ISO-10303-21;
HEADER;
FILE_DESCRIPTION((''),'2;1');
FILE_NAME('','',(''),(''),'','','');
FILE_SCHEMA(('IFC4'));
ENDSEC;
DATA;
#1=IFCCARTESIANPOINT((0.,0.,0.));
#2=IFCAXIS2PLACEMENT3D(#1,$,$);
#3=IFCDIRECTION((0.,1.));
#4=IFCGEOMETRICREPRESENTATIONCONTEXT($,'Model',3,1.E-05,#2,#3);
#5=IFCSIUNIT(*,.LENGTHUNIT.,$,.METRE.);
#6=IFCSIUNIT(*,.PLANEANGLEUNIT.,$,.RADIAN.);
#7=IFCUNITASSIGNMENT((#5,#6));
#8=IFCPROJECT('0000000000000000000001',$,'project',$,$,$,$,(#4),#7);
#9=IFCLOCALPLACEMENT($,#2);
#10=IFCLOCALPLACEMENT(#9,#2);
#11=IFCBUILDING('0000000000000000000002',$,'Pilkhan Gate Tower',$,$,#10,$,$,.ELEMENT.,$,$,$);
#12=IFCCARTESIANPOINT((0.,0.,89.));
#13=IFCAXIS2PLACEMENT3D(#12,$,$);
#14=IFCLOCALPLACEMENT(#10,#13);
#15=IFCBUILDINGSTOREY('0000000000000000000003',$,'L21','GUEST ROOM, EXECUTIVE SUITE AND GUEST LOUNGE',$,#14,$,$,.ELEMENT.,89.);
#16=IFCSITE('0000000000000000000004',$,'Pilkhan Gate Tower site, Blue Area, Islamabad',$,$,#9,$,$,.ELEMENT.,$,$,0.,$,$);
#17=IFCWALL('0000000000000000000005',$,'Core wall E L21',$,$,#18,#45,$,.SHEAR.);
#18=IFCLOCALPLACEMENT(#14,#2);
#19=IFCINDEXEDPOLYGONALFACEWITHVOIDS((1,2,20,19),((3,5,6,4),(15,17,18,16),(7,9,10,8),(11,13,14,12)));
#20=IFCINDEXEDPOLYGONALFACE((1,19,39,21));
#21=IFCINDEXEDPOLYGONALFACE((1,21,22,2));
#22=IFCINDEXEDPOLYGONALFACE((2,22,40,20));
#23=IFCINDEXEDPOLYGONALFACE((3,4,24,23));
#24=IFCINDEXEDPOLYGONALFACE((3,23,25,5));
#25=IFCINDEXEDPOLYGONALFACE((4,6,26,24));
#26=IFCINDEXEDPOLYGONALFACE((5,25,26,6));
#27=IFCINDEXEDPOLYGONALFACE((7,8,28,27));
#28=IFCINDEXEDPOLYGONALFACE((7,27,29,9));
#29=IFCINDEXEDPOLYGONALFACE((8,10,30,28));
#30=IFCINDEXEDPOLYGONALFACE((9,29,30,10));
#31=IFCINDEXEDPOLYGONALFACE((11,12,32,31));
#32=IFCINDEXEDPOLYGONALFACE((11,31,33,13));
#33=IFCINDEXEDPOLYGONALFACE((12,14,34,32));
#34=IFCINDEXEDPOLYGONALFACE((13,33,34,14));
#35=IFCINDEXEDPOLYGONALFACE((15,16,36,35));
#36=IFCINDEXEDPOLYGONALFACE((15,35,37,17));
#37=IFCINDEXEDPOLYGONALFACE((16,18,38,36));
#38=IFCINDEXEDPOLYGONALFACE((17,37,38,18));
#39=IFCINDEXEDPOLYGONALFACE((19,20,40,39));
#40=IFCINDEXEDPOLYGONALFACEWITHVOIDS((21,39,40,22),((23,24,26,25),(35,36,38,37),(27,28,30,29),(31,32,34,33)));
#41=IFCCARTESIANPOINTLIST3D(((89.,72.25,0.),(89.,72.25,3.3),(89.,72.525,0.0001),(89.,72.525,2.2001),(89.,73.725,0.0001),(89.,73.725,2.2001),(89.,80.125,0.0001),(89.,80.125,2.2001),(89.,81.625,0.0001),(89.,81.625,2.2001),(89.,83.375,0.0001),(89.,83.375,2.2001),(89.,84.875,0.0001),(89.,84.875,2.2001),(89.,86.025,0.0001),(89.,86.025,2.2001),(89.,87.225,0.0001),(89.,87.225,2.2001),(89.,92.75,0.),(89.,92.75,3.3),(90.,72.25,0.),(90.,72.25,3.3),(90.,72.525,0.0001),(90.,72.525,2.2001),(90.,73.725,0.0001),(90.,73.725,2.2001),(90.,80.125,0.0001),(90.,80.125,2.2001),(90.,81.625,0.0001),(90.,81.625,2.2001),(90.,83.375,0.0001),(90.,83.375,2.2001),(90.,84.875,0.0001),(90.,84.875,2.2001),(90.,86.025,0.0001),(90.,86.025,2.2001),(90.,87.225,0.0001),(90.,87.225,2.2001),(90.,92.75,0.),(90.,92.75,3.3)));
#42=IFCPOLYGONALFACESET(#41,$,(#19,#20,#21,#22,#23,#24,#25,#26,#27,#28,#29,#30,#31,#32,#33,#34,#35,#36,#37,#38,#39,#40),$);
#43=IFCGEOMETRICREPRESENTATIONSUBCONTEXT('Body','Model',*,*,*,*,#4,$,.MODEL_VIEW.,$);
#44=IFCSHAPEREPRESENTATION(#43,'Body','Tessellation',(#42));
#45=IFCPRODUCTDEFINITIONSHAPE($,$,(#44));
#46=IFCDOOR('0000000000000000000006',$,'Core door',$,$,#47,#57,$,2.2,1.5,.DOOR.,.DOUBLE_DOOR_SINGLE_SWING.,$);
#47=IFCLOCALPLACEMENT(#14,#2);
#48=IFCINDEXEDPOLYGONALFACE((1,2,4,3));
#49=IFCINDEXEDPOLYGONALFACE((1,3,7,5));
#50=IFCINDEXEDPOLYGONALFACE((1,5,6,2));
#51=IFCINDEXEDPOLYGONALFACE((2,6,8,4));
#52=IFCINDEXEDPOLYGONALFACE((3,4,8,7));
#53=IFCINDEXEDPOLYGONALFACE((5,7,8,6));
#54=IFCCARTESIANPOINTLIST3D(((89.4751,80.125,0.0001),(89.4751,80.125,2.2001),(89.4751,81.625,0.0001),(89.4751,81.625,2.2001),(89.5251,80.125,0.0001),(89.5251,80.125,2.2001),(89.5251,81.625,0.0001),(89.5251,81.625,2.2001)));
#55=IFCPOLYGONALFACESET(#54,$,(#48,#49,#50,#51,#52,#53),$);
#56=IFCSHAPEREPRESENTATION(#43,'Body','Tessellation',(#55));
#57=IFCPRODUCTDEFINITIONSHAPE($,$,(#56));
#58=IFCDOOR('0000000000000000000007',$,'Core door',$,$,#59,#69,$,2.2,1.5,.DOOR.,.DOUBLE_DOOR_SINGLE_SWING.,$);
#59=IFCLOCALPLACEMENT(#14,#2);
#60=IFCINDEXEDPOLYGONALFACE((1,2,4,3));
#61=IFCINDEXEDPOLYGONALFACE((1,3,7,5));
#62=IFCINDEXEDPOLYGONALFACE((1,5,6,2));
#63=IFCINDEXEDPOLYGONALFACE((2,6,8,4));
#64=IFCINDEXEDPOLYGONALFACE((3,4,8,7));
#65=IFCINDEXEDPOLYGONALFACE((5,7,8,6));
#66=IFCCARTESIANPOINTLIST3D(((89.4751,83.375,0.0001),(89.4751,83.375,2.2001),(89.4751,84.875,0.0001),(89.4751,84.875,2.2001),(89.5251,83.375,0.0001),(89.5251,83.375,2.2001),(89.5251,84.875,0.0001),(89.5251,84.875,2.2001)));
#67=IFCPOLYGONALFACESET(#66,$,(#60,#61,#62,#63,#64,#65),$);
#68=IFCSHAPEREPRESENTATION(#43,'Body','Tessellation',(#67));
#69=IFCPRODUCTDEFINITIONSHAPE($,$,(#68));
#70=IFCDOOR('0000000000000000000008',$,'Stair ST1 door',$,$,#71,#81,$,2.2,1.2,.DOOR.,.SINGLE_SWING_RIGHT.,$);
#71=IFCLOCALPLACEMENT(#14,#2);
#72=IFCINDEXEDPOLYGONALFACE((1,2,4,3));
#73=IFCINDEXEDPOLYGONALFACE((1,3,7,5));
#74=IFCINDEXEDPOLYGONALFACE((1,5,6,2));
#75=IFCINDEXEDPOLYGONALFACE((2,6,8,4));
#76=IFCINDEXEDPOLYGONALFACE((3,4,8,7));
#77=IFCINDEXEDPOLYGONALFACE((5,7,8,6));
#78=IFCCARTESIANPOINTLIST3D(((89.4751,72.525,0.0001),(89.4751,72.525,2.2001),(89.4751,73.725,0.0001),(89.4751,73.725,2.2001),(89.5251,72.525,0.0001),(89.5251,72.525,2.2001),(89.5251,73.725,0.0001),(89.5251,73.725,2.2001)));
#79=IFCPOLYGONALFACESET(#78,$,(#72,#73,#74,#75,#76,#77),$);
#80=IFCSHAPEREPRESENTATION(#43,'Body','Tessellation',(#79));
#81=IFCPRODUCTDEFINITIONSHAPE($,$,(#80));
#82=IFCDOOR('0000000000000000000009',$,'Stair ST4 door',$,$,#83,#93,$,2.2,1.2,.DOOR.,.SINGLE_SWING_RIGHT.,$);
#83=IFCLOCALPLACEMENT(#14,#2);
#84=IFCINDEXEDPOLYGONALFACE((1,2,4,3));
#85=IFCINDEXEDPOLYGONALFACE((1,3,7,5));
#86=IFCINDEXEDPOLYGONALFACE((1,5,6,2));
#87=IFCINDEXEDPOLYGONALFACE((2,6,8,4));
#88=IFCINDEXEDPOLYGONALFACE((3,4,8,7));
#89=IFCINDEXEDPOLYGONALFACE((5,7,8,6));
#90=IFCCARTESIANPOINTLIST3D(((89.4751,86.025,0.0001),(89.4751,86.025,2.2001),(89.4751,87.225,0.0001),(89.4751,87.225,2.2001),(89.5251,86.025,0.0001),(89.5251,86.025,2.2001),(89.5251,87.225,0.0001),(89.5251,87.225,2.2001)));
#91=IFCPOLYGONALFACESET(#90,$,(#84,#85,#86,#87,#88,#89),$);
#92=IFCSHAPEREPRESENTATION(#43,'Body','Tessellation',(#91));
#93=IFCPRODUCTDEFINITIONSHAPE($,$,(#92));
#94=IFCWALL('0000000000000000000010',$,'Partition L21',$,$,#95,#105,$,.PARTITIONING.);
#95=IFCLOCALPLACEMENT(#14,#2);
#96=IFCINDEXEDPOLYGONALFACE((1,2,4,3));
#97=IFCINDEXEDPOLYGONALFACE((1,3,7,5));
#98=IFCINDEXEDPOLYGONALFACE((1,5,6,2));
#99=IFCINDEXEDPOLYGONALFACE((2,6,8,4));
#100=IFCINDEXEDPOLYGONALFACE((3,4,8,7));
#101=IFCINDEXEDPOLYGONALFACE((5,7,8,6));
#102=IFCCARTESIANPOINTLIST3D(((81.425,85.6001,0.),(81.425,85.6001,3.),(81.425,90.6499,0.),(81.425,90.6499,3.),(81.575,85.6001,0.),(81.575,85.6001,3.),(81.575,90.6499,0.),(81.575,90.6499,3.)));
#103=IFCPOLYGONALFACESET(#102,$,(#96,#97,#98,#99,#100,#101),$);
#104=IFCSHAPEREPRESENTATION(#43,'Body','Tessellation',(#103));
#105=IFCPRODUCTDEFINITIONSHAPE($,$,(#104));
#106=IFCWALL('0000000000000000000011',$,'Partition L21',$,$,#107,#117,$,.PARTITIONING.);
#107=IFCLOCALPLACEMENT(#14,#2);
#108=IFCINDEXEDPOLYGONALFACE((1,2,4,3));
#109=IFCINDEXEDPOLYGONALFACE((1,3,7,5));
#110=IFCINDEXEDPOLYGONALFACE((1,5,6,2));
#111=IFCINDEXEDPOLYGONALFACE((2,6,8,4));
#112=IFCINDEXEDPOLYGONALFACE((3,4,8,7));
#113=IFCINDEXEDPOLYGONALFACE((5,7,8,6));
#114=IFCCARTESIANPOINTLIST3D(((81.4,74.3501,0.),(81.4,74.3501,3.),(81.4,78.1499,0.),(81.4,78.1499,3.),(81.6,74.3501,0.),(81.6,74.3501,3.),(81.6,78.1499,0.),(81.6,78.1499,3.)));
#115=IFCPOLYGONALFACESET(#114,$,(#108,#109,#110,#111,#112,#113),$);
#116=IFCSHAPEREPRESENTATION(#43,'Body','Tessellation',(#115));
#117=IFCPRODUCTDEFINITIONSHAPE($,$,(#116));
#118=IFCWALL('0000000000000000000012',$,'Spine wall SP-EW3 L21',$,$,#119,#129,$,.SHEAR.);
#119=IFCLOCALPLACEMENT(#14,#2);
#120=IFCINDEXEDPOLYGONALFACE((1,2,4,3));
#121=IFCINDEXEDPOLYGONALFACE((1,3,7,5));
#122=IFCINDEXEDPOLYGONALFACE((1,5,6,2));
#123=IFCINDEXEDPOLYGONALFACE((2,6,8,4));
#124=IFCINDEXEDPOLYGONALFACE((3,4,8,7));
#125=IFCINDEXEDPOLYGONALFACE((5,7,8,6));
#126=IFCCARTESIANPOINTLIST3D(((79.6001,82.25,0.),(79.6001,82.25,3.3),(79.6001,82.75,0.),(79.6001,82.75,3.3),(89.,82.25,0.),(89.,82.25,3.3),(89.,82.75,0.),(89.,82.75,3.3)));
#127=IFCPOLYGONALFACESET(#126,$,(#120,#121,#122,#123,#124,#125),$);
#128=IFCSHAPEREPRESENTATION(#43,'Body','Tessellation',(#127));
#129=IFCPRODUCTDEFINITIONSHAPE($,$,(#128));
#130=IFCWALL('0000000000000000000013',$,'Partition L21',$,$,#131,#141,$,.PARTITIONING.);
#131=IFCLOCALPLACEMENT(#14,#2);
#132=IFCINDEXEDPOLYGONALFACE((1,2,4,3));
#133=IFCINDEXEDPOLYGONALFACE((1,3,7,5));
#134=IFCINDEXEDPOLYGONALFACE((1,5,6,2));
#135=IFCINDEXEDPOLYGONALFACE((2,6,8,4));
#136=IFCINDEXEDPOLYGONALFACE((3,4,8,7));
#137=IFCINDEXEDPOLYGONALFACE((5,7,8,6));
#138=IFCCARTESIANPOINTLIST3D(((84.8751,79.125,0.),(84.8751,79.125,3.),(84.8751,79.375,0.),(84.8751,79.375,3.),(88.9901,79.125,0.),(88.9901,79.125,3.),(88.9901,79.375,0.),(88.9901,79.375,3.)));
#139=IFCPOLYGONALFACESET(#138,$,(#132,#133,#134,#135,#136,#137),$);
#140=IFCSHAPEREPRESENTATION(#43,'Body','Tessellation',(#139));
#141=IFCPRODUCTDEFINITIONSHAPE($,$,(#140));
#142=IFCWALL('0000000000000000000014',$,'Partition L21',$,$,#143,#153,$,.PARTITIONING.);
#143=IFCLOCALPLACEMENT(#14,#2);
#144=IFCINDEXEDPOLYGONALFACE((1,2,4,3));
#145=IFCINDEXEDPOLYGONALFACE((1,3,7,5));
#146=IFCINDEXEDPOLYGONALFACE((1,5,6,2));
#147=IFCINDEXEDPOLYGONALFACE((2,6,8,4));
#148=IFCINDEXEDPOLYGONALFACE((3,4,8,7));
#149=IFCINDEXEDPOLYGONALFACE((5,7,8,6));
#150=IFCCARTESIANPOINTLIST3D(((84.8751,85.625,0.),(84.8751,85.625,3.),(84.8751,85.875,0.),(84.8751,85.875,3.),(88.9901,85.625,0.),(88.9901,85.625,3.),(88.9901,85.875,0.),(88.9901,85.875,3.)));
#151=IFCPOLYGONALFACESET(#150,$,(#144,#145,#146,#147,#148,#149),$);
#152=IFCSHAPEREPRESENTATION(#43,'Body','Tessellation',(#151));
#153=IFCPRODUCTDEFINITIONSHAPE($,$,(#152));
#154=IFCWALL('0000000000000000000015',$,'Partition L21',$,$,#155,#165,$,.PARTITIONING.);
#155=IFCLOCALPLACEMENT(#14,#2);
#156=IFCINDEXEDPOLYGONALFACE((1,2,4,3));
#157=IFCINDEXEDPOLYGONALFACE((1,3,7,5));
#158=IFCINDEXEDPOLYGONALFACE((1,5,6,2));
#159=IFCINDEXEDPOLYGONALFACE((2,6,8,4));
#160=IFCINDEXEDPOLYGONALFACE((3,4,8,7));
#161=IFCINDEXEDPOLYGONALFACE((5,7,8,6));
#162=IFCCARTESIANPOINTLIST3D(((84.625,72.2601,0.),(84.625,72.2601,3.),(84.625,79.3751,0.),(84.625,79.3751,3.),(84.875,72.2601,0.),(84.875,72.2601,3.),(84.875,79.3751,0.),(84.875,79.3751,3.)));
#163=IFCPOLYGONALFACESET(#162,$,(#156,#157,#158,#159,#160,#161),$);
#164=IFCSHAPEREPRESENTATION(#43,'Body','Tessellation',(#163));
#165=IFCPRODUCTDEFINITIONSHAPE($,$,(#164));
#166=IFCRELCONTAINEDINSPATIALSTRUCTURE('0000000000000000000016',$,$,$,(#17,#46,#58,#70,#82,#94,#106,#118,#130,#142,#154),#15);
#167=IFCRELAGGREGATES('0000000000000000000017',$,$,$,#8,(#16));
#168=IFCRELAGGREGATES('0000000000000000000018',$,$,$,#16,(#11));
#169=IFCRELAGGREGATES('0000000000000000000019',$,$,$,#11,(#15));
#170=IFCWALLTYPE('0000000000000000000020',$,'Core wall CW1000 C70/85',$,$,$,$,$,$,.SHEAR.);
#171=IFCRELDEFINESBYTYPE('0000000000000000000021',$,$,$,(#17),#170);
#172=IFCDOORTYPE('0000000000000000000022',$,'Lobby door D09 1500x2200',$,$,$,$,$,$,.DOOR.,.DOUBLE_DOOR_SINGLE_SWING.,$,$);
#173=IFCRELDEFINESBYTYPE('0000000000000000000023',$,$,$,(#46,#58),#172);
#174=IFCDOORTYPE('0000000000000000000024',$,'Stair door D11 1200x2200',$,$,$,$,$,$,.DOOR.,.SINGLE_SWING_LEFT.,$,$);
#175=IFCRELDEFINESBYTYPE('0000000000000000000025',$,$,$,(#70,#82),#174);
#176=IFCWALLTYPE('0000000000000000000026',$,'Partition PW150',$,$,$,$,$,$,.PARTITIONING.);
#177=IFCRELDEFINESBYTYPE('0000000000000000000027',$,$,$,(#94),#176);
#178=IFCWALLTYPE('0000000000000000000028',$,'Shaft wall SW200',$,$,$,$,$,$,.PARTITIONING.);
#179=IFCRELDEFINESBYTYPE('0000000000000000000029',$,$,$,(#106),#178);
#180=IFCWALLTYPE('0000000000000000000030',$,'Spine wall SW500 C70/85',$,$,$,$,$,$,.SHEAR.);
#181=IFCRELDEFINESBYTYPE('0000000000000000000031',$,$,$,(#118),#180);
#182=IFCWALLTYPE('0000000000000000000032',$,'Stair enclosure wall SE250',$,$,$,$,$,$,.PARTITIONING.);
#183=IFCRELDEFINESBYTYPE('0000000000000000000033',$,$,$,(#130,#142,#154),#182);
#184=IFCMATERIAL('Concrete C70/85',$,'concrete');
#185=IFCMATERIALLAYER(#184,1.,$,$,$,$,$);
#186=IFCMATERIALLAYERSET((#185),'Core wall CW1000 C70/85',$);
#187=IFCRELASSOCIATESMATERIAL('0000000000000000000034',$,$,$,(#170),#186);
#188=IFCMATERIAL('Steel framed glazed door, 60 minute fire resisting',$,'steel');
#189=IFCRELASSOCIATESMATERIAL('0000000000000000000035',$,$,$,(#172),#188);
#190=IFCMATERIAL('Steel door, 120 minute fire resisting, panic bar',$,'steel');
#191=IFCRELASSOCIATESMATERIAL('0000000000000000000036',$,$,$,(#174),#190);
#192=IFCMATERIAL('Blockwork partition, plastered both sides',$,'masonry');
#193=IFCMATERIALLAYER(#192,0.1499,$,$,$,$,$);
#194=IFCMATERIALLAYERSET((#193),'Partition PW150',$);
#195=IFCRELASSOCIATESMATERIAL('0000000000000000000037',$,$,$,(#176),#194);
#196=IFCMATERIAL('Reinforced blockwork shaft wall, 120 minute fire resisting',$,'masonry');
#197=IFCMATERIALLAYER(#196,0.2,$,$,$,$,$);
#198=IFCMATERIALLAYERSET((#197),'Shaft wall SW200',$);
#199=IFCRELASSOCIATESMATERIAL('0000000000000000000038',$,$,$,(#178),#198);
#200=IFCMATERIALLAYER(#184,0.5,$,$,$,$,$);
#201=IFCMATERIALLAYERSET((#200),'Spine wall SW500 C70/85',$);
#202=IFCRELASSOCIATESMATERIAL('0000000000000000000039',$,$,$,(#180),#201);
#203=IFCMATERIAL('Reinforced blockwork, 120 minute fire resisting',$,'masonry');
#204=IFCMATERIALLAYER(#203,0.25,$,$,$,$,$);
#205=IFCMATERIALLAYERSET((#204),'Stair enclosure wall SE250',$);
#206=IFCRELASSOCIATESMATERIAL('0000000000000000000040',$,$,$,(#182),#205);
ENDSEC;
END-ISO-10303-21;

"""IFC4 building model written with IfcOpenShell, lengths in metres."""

from ifc_helpers import new_model, si_unit, direction, frame, frame_2d, origin, place, context, subcontext, project, spatial, rectangle, extrude, material, layer, layer_set, type_object, element, fill, save


model = new_model("IFC4")

# Units and contexts
model_context = context("Model", 3, precision=1e-05, world=origin(), true_north=direction((0.0, 1.0)))
body_context = subcontext(model_context, "Body", "Model", "MODEL_VIEW")
ifc_project = project(units=[si_unit("LENGTHUNIT", "METRE"), si_unit("PLANEANGLEUNIT", "RADIAN")], contexts=[model_context])

# Site, building, storey
site_placement = place(None, origin())
site = spatial("IfcSite", under=ifc_project, at=site_placement, Name="Pilkhan Gate Tower site, Blue Area, Islamabad", CompositionType="ELEMENT", RefElevation=0.0)
building_placement = place(site_placement, origin())
building = spatial("IfcBuilding", under=site, at=building_placement, Name="Pilkhan Gate Tower", CompositionType="ELEMENT")
storey_placement = place(building_placement, frame((0.0, 0.0, 89.0)))
storey = spatial("IfcBuildingStorey", under=building, at=storey_placement, Name="L21", Description="GUEST ROOM, EXECUTIVE SUITE AND GUEST LOUNGE", CompositionType="ELEMENT", Elevation=89.0)

# Wall, openings, doors
ifc_material_1 = material(Name="Concrete C70/85", Category="concrete")
ifc_layer_1 = layer(ifc_material_1, 1.0)
ifc_layer_set_1 = layer_set([ifc_layer_1], Name="Core wall CW1000 C70/85")
wall_type_1 = type_object("IfcWallType", Name="Core wall CW1000 C70/85", PredefinedType="SHEAR", material=ifc_layer_set_1)
wall_1_placement = place(storey_placement, frame((89.5, 72.25, 0.0), z_axis=(0.0, 0.0, 1.0), x_axis=(0.0, 1.0, 0.0)))
wall_1 = element("IfcWall", 1, at=wall_1_placement, inside=storey, type_object=wall_type_1, Name="Core wall E L21", PredefinedType="SHEAR", context=body_context, shape_type="SweptSolid", body=[
    extrude(rectangle(XDim=20.5, YDim=1.0, at=frame_2d((10.25, 0.0))), origin(), (0.0, 0.0, 1.0), 3.3),
])
opening_1_placement = place(wall_1_placement, frame((0.2749, 0.0, 0.0)))
opening_1 = element("IfcOpeningElement", 2, at=opening_1_placement, cuts=wall_1, PredefinedType="OPENING", context=body_context, shape_type="SweptSolid", body=[
    extrude(rectangle(XDim=1.2, YDim=2.2, at=frame_2d((0.6001, 1.1001))), frame((0.0, 0.51, 0.0), z_axis=(0.0, -1.0, 0.0), x_axis=(1.0, 0.0, 0.0)), (0.0, 0.0, 1.0), 1.02),
])
opening_2_placement = place(wall_1_placement, frame((13.7749, 0.0, 0.0)))
opening_2 = element("IfcOpeningElement", 3, at=opening_2_placement, cuts=wall_1, PredefinedType="OPENING", context=body_context, shape_type="SweptSolid", body=[
    extrude(rectangle(XDim=1.2, YDim=2.2, at=frame_2d((0.6001, 1.1001))), frame((0.0, 0.51, 0.0), z_axis=(0.0, -1.0, 0.0), x_axis=(1.0, 0.0, 0.0)), (0.0, 0.0, 1.0), 1.02),
])
opening_3_placement = place(wall_1_placement, frame((7.875, 0.0, 0.0)))
opening_3 = element("IfcOpeningElement", 4, at=opening_3_placement, cuts=wall_1, PredefinedType="OPENING", context=body_context, shape_type="SweptSolid", body=[
    extrude(rectangle(XDim=1.5, YDim=2.2, at=frame_2d((0.75, 1.1001))), frame((0.0, 0.51, 0.0), z_axis=(0.0, -1.0, 0.0), x_axis=(1.0, 0.0, 0.0)), (0.0, 0.0, 1.0), 1.02),
])
opening_4_placement = place(wall_1_placement, frame((11.125, 0.0, 0.0)))
opening_4 = element("IfcOpeningElement", 5, at=opening_4_placement, cuts=wall_1, PredefinedType="OPENING", context=body_context, shape_type="SweptSolid", body=[
    extrude(rectangle(XDim=1.5, YDim=2.2, at=frame_2d((0.75, 1.1001))), frame((0.0, 0.51, 0.0), z_axis=(0.0, -1.0, 0.0), x_axis=(1.0, 0.0, 0.0)), (0.0, 0.0, 1.0), 1.02),
])
ifc_material_2 = material(Name="Steel framed glazed door, 60 minute fire resisting", Category="steel")
door_type_1 = type_object("IfcDoorType", Name="Lobby door D09 1500x2200", OperationType="DOUBLE_DOOR_SINGLE_SWING", PredefinedType="DOOR", material=ifc_material_2)
door_1_placement = place(opening_3_placement, origin())
door_1 = element("IfcDoor", 6, at=door_1_placement, inside=storey, type_object=door_type_1, Name="Core door", OperationType="DOUBLE_DOOR_SINGLE_SWING", OverallHeight=2.2, OverallWidth=1.5, PredefinedType="DOOR", context=body_context, shape_type="SweptSolid", body=[
    extrude(rectangle(XDim=1.5, YDim=2.2, at=frame_2d((0.75, 1.1001))), frame((0.0, 0.0249, 0.0), z_axis=(0.0, -1.0, 0.0), x_axis=(1.0, 0.0, 0.0)), (0.0, 0.0, 1.0), 0.05),
])
fill(opening_3, door_1)
door_2_placement = place(opening_4_placement, origin())
door_2 = element("IfcDoor", 7, at=door_2_placement, inside=storey, type_object=door_type_1, Name="Core door", OperationType="DOUBLE_DOOR_SINGLE_SWING", OverallHeight=2.2, OverallWidth=1.5, PredefinedType="DOOR", context=body_context, shape_type="SweptSolid", body=[
    extrude(rectangle(XDim=1.5, YDim=2.2, at=frame_2d((0.75, 1.1001))), frame((0.0, 0.0249, 0.0), z_axis=(0.0, -1.0, 0.0), x_axis=(1.0, 0.0, 0.0)), (0.0, 0.0, 1.0), 0.05),
])
fill(opening_4, door_2)
ifc_material_3 = material(Name="Steel door, 120 minute fire resisting, panic bar", Category="steel")
door_type_2 = type_object("IfcDoorType", Name="Stair door D11 1200x2200", OperationType="SINGLE_SWING_LEFT", PredefinedType="DOOR", material=ifc_material_3)
door_3_placement = place(opening_1_placement, origin())
door_3 = element("IfcDoor", 8, at=door_3_placement, inside=storey, type_object=door_type_2, Name="Stair ST1 door", OperationType="SINGLE_SWING_RIGHT", OverallHeight=2.2, OverallWidth=1.2, PredefinedType="DOOR", context=body_context, shape_type="SweptSolid", body=[
    extrude(rectangle(XDim=1.2, YDim=2.2, at=frame_2d((0.6001, 1.1001))), frame((0.0, 0.0249, 0.0), z_axis=(0.0, -1.0, 0.0), x_axis=(1.0, 0.0, 0.0)), (0.0, 0.0, 1.0), 0.05),
])
fill(opening_1, door_3)
door_4_placement = place(opening_2_placement, origin())
door_4 = element("IfcDoor", 9, at=door_4_placement, inside=storey, type_object=door_type_2, Name="Stair ST4 door", OperationType="SINGLE_SWING_RIGHT", OverallHeight=2.2, OverallWidth=1.2, PredefinedType="DOOR", context=body_context, shape_type="SweptSolid", body=[
    extrude(rectangle(XDim=1.2, YDim=2.2, at=frame_2d((0.6001, 1.1001))), frame((0.0, 0.0249, 0.0), z_axis=(0.0, -1.0, 0.0), x_axis=(1.0, 0.0, 0.0)), (0.0, 0.0, 1.0), 0.05),
])
fill(opening_2, door_4)

# Walls
ifc_material_4 = material(Name="Blockwork partition, plastered both sides", Category="masonry")
ifc_layer_2 = layer(ifc_material_4, 0.1499)
ifc_layer_set_2 = layer_set([ifc_layer_2], Name="Partition PW150")
wall_type_2 = type_object("IfcWallType", Name="Partition PW150", PredefinedType="PARTITIONING", material=ifc_layer_set_2)
wall_2_placement = place(storey_placement, frame((81.5, 85.6001, 0.0), z_axis=(0.0, 0.0, 1.0), x_axis=(0.0, 1.0, 0.0)))
element("IfcWall", 10, at=wall_2_placement, inside=storey, type_object=wall_type_2, Name="Partition L21", PredefinedType="PARTITIONING", context=body_context, shape_type="SweptSolid", body=[
    extrude(rectangle(XDim=5.0498, YDim=0.1499, at=frame_2d((2.5249, 0.0))), origin(), (0.0, 0.0, 1.0), 3.0),
])
ifc_material_5 = material(Name="Reinforced blockwork shaft wall, 120 minute fire resisting", Category="masonry")
ifc_layer_3 = layer(ifc_material_5, 0.2)
ifc_layer_set_3 = layer_set([ifc_layer_3], Name="Shaft wall SW200")
wall_type_3 = type_object("IfcWallType", Name="Shaft wall SW200", PredefinedType="PARTITIONING", material=ifc_layer_set_3)
wall_3_placement = place(storey_placement, frame((81.5, 74.3501, 0.0), z_axis=(0.0, 0.0, 1.0), x_axis=(0.0, 1.0, 0.0)))
element("IfcWall", 11, at=wall_3_placement, inside=storey, type_object=wall_type_3, Name="Partition L21", PredefinedType="PARTITIONING", context=body_context, shape_type="SweptSolid", body=[
    extrude(rectangle(XDim=3.7998, YDim=0.2, at=frame_2d((1.8999, 0.0))), origin(), (0.0, 0.0, 1.0), 3.0),
])
ifc_layer_4 = layer(ifc_material_1, 0.5)
ifc_layer_set_4 = layer_set([ifc_layer_4], Name="Spine wall SW500 C70/85")
wall_type_4 = type_object("IfcWallType", Name="Spine wall SW500 C70/85", PredefinedType="SHEAR", material=ifc_layer_set_4)
wall_4_placement = place(storey_placement, frame((79.6001, 82.5, 0.0), z_axis=(0.0, 0.0, 1.0), x_axis=(1.0, 0.0, 0.0)))
element("IfcWall", 12, at=wall_4_placement, inside=storey, type_object=wall_type_4, Name="Spine wall SP-EW3 L21", PredefinedType="SHEAR", context=body_context, shape_type="SweptSolid", body=[
    extrude(rectangle(XDim=9.3999, YDim=0.5, at=frame_2d((4.7, 0.0))), origin(), (0.0, 0.0, 1.0), 3.3),
])
ifc_material_6 = material(Name="Reinforced blockwork, 120 minute fire resisting", Category="masonry")
ifc_layer_5 = layer(ifc_material_6, 0.25)
ifc_layer_set_5 = layer_set([ifc_layer_5], Name="Stair enclosure wall SE250")
wall_type_5 = type_object("IfcWallType", Name="Stair enclosure wall SE250", PredefinedType="PARTITIONING", material=ifc_layer_set_5)
for number, where, z_axis, x_axis, name in (
    (13, (84.875, 79.25, 0.0), (0.0, 0.0, 1.0), (1.0, 0.0, 0.0), "Partition L21"),
    (14, (84.875, 85.75, 0.0), (0.0, 0.0, 1.0), (1.0, 0.0, 0.0), "Partition L21"),
):
    element("IfcWall", number, at=place(storey_placement, frame(where, z_axis=z_axis, x_axis=x_axis)), inside=storey, type_object=wall_type_5, Name=name, PredefinedType="PARTITIONING", context=body_context, shape_type="SweptSolid", body=[
        extrude(rectangle(XDim=4.115, YDim=0.25, at=frame_2d((2.0576, 0.0))), origin(), (0.0, 0.0, 1.0), 3.0),
    ])
for number, where, z_axis, x_axis, name in (
    (15, (84.75, 72.26, 0.0), (0.0, 0.0, 1.0), (0.0, 1.0, 0.0), "Partition L21"),
):
    element("IfcWall", number, at=place(storey_placement, frame(where, z_axis=z_axis, x_axis=x_axis)), inside=storey, type_object=wall_type_5, Name=name, PredefinedType="PARTITIONING", context=body_context, shape_type="SweptSolid", body=[
        extrude(rectangle(XDim=7.115, YDim=0.25, at=frame_2d((3.5576, 0.0))), origin(), (0.0, 0.0, 1.0), 3.0),
    ])

save(model, "model.ifc")
